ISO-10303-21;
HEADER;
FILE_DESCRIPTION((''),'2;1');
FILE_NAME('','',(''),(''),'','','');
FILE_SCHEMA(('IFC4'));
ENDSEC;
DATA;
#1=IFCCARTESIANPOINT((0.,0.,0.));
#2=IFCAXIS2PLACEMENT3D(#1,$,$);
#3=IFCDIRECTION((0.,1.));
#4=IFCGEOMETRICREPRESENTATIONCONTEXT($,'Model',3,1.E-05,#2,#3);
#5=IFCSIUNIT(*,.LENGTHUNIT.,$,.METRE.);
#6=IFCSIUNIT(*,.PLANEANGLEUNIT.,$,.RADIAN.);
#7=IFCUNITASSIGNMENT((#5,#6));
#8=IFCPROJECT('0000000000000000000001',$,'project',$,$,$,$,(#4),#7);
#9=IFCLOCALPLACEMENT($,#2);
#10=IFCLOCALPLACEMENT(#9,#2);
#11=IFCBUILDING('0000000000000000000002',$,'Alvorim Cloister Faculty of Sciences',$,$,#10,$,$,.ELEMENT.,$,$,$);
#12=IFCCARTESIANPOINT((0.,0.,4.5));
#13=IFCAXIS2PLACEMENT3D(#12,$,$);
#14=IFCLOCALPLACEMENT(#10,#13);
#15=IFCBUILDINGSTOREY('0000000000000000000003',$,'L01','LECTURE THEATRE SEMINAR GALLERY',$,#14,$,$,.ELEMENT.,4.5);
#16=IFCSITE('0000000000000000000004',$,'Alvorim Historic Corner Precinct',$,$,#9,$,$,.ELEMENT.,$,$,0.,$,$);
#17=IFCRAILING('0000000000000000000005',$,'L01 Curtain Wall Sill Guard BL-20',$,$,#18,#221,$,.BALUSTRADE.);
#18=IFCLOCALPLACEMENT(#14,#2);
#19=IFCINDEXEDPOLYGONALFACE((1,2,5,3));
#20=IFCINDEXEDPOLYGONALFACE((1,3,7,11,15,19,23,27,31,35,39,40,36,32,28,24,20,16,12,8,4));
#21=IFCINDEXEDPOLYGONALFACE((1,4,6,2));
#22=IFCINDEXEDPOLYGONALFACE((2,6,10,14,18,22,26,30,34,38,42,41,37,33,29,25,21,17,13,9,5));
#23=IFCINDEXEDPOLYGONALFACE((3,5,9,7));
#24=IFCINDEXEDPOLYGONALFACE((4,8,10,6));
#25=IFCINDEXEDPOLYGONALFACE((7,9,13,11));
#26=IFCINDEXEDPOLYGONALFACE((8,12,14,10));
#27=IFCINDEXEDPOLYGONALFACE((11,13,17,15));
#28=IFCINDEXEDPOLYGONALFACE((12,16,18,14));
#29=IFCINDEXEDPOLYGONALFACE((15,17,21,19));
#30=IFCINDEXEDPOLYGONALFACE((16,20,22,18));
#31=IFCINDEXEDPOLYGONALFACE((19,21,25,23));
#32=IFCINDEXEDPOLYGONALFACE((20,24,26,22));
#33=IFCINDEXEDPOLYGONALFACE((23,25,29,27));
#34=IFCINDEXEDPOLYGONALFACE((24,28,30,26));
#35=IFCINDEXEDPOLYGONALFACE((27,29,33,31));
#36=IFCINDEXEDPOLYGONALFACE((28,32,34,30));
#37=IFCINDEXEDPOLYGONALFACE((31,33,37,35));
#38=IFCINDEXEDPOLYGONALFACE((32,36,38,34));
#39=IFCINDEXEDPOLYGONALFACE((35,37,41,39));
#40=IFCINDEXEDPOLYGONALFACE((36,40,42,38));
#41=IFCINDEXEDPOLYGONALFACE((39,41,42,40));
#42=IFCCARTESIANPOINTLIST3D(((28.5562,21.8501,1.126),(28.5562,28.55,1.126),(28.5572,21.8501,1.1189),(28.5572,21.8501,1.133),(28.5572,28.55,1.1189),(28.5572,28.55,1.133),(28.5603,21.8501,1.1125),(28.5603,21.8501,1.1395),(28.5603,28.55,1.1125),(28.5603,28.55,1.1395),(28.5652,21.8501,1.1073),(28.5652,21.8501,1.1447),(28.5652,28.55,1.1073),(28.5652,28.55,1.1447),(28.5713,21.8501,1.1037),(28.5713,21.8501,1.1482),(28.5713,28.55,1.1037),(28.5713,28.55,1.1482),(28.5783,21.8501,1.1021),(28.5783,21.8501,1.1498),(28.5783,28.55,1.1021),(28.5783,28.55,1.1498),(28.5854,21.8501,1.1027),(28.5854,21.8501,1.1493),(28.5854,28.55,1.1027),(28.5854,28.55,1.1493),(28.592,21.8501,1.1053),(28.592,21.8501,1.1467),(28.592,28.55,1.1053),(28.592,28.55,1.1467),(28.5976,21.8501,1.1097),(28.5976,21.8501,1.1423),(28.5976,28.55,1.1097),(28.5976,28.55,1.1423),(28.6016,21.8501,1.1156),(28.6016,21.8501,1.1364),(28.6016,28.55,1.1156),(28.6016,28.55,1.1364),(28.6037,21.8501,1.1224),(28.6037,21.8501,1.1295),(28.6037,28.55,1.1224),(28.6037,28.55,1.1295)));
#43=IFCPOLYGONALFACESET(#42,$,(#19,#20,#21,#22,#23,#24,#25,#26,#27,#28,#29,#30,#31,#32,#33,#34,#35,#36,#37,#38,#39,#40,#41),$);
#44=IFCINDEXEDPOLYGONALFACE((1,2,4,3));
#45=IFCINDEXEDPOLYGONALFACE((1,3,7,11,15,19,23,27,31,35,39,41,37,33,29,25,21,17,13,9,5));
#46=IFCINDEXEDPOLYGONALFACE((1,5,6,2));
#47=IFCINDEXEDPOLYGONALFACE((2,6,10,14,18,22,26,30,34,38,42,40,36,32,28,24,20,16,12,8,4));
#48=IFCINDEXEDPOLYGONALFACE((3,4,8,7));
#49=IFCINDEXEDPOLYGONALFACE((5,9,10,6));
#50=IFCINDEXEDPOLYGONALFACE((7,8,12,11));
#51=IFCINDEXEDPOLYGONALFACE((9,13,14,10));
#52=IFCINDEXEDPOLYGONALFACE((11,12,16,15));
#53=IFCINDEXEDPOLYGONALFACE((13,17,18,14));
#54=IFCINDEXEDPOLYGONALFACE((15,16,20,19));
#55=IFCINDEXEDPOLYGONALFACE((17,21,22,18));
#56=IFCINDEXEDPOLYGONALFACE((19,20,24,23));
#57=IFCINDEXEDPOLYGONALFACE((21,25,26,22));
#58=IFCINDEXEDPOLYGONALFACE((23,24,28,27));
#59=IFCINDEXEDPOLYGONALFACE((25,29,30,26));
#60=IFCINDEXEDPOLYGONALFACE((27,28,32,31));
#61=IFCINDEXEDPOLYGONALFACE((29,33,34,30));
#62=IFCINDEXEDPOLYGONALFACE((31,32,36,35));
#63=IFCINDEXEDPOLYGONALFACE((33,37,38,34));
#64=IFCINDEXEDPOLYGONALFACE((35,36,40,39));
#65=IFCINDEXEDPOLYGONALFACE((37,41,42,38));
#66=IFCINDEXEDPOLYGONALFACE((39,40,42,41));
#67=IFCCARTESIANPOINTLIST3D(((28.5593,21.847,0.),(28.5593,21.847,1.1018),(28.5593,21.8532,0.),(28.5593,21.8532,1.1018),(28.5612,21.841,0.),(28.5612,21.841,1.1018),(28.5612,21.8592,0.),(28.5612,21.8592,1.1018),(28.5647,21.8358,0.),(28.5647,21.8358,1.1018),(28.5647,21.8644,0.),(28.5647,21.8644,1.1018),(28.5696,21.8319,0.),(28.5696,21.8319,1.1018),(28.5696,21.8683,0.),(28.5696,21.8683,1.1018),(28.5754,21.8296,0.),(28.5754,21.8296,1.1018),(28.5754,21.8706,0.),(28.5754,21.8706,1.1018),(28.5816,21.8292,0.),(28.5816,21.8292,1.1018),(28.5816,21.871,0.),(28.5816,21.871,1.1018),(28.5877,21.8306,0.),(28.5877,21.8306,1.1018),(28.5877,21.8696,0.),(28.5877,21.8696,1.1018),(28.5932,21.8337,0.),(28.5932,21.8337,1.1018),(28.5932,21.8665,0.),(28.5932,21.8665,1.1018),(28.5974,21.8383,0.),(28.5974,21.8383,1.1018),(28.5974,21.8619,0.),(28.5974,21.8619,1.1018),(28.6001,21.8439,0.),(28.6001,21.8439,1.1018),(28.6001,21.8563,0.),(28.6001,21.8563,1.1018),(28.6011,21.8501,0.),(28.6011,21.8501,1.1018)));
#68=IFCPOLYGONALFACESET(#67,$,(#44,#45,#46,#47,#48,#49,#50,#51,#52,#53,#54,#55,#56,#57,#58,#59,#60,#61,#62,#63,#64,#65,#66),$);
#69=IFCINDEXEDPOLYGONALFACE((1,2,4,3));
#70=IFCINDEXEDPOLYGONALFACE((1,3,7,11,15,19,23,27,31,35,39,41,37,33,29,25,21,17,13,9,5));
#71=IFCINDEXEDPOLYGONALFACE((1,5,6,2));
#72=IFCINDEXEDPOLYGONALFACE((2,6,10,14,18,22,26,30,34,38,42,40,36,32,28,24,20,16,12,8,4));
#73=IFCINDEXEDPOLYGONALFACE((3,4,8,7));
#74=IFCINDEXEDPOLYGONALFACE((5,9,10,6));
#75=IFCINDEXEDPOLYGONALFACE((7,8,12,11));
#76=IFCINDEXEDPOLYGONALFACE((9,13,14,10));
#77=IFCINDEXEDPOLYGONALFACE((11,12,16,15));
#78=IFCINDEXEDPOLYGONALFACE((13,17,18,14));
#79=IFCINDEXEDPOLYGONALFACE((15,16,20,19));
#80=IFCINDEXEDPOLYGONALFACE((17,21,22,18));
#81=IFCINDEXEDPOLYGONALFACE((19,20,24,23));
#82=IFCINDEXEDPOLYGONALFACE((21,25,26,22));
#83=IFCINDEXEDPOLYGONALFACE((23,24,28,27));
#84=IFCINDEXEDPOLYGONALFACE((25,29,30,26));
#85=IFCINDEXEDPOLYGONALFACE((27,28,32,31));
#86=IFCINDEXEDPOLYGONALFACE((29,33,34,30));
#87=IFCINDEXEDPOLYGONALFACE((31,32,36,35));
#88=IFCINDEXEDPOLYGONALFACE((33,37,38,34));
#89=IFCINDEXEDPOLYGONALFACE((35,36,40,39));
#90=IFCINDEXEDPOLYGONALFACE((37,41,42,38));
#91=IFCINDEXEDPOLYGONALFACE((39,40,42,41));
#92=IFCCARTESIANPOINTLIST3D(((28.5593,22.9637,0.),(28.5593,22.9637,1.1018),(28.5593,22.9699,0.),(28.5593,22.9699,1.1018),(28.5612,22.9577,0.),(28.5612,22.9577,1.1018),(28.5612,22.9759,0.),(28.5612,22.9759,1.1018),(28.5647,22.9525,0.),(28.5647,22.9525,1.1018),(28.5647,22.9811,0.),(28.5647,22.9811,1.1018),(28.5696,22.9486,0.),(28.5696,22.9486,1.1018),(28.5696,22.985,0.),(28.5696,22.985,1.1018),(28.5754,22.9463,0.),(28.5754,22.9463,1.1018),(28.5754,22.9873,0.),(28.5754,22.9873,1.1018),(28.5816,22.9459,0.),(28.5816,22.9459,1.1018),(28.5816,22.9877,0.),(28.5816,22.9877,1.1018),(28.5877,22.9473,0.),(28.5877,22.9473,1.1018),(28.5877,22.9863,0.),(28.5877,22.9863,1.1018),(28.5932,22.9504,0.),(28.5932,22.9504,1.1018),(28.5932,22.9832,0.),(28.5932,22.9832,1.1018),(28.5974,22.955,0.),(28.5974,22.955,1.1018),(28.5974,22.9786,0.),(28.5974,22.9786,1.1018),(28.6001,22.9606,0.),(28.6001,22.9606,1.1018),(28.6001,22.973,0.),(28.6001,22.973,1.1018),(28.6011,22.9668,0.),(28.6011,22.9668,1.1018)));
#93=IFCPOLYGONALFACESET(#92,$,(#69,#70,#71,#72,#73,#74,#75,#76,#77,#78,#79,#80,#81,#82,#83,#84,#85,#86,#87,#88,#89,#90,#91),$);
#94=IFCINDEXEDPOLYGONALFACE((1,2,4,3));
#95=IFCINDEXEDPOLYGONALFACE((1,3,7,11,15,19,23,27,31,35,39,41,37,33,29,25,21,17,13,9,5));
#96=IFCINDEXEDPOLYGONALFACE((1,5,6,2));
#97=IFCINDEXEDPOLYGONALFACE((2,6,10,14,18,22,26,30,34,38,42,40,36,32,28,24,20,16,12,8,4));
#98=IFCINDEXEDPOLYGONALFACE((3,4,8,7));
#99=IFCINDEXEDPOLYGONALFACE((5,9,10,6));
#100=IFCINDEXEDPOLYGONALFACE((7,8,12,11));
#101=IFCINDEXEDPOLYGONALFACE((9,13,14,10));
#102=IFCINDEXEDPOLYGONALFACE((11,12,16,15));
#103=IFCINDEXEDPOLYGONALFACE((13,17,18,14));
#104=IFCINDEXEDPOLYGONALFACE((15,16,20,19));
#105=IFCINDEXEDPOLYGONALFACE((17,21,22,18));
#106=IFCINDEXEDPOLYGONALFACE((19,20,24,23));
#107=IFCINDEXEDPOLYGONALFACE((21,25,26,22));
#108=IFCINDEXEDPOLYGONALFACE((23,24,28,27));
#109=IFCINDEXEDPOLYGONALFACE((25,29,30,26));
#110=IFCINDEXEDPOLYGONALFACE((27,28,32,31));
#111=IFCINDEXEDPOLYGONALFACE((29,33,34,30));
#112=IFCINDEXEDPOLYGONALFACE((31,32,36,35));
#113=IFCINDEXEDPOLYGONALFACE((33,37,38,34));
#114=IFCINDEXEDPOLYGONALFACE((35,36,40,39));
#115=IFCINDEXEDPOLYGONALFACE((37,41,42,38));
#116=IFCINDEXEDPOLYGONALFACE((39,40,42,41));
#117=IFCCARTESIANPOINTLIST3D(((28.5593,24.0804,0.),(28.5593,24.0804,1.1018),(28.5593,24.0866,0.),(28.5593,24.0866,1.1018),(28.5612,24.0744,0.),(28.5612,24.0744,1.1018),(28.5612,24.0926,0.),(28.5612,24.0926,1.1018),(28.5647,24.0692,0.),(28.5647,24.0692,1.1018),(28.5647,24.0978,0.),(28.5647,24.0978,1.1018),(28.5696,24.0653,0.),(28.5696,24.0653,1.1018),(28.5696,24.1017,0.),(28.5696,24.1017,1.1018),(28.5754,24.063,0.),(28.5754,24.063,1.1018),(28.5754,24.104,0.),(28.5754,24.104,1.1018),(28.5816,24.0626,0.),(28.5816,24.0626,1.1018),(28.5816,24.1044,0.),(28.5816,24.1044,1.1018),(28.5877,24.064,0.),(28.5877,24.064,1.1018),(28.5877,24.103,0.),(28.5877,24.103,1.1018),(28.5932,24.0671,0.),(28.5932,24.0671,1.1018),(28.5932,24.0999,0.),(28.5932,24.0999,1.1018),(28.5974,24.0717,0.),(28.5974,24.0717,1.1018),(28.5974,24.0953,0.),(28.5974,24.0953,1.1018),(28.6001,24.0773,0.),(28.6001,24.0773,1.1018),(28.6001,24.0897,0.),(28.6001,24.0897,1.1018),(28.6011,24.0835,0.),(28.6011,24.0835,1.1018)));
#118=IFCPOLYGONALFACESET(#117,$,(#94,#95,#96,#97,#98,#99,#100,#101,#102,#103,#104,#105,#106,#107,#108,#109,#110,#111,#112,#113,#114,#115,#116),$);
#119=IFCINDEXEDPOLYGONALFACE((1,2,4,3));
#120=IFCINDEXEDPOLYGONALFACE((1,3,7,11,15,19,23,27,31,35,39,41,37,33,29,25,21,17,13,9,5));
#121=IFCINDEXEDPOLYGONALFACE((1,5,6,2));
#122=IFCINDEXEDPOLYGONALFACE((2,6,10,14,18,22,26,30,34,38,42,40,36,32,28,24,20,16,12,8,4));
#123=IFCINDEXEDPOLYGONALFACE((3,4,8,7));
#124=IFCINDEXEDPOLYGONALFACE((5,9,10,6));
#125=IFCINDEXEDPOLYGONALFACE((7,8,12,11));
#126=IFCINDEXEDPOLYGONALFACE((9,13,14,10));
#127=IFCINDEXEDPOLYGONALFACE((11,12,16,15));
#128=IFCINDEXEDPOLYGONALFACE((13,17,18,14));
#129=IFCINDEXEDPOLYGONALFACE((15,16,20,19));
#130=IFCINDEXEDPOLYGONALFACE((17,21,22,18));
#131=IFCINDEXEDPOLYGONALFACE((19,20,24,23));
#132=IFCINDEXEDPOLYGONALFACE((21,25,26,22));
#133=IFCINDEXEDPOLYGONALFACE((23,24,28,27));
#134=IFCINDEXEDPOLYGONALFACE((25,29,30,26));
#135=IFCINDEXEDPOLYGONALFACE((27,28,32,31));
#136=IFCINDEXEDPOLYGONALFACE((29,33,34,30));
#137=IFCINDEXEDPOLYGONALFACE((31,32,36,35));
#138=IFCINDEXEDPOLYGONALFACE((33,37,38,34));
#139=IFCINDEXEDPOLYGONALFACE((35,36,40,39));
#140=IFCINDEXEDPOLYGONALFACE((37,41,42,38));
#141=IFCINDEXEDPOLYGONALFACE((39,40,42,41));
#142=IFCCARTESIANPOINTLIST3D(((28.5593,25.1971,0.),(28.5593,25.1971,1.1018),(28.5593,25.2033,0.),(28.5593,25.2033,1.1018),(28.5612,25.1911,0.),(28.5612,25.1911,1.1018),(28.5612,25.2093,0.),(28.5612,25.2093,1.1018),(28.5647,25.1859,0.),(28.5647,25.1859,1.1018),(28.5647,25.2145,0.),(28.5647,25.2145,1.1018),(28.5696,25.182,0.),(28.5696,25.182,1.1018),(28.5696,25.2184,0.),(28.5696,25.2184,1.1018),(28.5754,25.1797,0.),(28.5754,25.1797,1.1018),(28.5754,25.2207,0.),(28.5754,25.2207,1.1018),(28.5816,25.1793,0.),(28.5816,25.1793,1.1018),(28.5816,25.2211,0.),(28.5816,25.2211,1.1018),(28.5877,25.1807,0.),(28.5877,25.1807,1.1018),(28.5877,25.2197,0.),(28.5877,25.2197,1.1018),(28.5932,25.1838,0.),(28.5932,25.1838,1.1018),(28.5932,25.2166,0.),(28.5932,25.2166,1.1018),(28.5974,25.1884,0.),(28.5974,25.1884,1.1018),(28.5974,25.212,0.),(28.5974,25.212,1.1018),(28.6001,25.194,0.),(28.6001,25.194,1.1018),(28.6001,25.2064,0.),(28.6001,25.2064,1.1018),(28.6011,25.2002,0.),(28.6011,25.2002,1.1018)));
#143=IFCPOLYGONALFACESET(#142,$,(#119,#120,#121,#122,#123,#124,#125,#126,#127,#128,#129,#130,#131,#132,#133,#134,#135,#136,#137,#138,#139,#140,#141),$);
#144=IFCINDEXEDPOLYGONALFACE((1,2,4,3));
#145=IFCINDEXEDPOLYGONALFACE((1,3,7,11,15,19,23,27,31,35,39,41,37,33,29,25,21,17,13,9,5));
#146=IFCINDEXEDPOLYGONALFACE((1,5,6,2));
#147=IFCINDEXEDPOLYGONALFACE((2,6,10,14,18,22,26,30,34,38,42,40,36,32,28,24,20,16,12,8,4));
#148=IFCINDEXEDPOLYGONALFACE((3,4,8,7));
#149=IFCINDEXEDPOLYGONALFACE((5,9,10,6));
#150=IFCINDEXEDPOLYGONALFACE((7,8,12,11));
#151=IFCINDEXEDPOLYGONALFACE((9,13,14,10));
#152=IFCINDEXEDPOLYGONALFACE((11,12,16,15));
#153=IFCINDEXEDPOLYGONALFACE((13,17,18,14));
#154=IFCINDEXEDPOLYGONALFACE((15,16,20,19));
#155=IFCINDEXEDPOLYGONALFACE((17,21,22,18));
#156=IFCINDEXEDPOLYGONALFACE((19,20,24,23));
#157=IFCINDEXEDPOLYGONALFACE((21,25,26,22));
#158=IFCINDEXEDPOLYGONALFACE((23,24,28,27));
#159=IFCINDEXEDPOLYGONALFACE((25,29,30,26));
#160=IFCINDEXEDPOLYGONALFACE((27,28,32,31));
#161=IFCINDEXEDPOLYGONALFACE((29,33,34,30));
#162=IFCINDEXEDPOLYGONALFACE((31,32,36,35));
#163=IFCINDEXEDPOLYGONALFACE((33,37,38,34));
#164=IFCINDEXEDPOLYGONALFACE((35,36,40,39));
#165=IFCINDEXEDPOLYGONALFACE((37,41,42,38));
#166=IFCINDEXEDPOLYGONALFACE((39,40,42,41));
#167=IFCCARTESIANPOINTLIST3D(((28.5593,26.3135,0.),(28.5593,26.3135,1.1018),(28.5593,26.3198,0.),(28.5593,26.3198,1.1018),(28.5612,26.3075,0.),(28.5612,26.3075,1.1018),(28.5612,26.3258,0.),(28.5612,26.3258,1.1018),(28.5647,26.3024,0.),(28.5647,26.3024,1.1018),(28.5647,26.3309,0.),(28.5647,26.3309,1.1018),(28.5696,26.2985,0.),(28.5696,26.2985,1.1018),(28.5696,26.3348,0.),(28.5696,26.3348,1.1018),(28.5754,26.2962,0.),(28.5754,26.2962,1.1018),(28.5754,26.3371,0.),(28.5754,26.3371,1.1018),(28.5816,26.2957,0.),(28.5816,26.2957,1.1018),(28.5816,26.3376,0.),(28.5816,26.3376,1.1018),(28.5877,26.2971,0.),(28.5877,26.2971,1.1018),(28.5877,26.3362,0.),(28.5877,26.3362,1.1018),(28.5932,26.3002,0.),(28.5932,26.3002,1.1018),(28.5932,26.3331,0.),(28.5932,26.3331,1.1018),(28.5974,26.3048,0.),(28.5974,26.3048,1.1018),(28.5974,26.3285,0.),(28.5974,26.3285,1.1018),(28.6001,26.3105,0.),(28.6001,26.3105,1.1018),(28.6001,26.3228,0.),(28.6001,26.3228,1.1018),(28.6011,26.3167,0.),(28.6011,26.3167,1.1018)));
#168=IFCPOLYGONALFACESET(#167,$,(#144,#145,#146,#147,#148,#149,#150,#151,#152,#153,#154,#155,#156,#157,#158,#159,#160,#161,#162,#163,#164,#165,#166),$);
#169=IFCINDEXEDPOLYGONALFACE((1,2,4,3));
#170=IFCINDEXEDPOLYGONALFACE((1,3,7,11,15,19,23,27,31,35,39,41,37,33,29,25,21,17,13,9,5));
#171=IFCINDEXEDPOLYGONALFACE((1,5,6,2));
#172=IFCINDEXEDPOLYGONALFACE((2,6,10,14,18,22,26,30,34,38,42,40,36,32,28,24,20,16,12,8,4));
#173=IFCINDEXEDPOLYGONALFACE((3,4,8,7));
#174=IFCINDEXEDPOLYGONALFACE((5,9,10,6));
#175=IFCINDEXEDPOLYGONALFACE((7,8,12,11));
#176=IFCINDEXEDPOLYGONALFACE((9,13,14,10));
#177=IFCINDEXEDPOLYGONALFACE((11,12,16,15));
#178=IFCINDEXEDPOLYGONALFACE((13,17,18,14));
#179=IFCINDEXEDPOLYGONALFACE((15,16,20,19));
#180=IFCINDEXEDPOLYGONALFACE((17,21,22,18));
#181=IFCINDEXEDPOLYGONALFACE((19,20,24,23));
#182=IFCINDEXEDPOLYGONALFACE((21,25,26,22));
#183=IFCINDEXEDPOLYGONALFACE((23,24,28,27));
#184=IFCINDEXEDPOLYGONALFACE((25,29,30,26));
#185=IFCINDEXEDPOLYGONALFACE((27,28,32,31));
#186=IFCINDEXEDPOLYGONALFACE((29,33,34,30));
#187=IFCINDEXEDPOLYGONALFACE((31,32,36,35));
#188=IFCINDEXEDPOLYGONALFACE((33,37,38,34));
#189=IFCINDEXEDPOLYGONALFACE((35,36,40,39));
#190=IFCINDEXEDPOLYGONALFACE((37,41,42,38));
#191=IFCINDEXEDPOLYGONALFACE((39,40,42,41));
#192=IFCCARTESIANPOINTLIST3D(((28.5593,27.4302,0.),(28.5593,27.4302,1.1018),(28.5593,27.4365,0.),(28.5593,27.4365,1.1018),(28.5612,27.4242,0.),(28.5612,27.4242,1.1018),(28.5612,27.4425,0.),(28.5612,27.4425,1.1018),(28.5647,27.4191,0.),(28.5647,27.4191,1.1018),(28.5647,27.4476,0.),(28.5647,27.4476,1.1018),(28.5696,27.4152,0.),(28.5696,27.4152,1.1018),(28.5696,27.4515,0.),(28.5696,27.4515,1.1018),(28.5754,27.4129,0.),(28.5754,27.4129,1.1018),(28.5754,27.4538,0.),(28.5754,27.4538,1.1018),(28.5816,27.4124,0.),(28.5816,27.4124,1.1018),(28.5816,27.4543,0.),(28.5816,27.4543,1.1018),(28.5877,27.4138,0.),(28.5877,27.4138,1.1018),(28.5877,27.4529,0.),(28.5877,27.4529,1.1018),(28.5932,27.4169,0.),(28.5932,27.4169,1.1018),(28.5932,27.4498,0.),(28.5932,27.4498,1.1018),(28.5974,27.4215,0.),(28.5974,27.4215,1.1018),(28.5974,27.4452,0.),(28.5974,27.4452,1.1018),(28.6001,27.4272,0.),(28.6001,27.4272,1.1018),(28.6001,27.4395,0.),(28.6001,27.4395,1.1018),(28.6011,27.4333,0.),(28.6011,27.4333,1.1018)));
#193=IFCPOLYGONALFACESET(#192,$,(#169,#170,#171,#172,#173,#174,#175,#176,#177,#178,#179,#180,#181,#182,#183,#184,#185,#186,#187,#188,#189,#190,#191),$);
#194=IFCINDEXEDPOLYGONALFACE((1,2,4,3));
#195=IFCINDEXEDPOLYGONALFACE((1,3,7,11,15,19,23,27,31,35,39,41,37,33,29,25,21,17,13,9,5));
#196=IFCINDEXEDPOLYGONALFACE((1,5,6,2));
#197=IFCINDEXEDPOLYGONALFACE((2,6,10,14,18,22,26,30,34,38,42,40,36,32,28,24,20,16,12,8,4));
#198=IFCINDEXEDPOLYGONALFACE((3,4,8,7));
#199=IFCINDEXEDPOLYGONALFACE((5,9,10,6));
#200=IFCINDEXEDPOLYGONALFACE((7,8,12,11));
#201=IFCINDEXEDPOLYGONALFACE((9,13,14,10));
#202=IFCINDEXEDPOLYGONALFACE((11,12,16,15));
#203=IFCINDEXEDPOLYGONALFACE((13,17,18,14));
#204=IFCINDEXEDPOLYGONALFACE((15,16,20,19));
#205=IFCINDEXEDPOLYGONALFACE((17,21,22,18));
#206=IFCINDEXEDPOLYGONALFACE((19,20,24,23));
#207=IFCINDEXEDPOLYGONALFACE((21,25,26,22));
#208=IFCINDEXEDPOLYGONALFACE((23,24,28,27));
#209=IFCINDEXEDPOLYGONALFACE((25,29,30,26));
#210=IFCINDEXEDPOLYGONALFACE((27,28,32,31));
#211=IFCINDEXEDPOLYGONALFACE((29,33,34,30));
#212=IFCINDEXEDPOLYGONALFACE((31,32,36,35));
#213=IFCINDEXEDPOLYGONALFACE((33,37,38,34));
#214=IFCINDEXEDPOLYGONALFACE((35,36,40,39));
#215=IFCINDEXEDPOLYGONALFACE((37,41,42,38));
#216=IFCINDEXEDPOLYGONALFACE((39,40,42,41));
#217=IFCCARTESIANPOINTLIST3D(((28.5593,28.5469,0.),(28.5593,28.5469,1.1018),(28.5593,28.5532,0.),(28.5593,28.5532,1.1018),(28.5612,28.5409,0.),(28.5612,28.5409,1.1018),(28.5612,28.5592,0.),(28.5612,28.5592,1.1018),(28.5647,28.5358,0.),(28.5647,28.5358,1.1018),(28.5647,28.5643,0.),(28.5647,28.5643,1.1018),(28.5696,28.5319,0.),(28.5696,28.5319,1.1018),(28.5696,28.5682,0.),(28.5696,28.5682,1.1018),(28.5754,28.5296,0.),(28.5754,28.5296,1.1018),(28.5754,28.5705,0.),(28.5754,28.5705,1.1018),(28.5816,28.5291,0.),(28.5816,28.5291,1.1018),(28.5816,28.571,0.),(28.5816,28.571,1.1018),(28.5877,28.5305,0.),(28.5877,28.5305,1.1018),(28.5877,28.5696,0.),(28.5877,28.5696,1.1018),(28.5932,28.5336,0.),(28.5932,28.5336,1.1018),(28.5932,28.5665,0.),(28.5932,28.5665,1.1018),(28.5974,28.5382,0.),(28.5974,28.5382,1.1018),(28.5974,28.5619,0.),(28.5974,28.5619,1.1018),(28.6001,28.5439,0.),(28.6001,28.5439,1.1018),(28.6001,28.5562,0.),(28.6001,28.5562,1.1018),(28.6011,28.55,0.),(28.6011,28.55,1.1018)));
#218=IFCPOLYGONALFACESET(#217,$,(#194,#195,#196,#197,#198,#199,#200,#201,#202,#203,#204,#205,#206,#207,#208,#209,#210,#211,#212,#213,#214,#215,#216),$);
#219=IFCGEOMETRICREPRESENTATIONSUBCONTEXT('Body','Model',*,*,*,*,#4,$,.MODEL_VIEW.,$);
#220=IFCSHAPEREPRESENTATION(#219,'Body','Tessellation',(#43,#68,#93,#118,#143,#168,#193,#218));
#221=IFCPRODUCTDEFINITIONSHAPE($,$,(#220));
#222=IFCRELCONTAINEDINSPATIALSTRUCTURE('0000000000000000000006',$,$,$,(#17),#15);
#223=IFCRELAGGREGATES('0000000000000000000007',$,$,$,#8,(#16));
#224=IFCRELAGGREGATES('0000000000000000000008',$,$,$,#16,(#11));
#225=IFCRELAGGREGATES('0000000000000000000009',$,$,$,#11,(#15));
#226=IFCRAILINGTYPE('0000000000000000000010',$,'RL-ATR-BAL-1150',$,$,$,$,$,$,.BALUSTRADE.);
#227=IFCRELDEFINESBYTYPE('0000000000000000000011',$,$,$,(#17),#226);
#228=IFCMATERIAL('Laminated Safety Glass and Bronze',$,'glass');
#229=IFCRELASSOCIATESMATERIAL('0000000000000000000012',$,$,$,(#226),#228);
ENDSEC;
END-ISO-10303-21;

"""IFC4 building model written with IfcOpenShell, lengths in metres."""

from ifc_helpers import new_model, si_unit, direction, frame, origin, origin_2d, place, context, subcontext, project, spatial, circle, extrude, material, type_object, element, save


model = new_model("IFC4")

# Units and contexts
model_context = context("Model", 3, precision=1e-05, world=origin(), true_north=direction((0.0, 1.0)))
body_context = subcontext(model_context, "Body", "Model", "MODEL_VIEW")
ifc_project = project(units=[si_unit("LENGTHUNIT", "METRE"), si_unit("PLANEANGLEUNIT", "RADIAN")], contexts=[model_context])

# Site, building, storey
site_placement = place(None, origin())
site = spatial("IfcSite", under=ifc_project, at=site_placement, Name="Alvorim Historic Corner Precinct", CompositionType="ELEMENT", RefElevation=0.0)
building_placement = place(site_placement, origin())
building = spatial("IfcBuilding", under=site, at=building_placement, Name="Alvorim Cloister Faculty of Sciences", CompositionType="ELEMENT")
storey_placement = place(building_placement, frame((0.0, 0.0, 4.5)))
storey = spatial("IfcBuildingStorey", under=building, at=storey_placement, Name="L01", Description="LECTURE THEATRE SEMINAR GALLERY", CompositionType="ELEMENT", Elevation=4.5)

# Railing
ifc_material_1 = material(Name="Laminated Safety Glass and Bronze", Category="glass")
railing_type_1 = type_object("IfcRailingType", Name="RL-ATR-BAL-1150", PredefinedType="BALUSTRADE", material=ifc_material_1)
railing_1_placement = place(storey_placement, frame((28.5801, 21.8501, 0.0)))
element("IfcRailing", 1, at=railing_1_placement, inside=storey, type_object=railing_type_1, Name="L01 Curtain Wall Sill Guard BL-20", PredefinedType="BALUSTRADE", context=body_context, shape_type="SweptSolid", body=[
    extrude(circle(Radius=0.0239, at=origin_2d()), frame((0.0, 0.0, 1.126), z_axis=(0.0, 1.0, 0.0), x_axis=(-1.0, 0.0, 0.0)), (0.0, 0.0, 1.0), 6.7),
    extrude(circle(Radius=0.021, at=origin_2d()), origin(), (0.0, 0.0, 1.0), 1.1018),
    extrude(circle(Radius=0.021, at=origin_2d()), frame((0.0, 1.1167, 0.0)), (0.0, 0.0, 1.0), 1.1018),
    extrude(circle(Radius=0.021, at=origin_2d()), frame((0.0, 2.2334, 0.0)), (0.0, 0.0, 1.0), 1.1018),
    extrude(circle(Radius=0.021, at=origin_2d()), frame((0.0, 3.3501, 0.0)), (0.0, 0.0, 1.0), 1.1018),
    extrude(circle(Radius=0.021, at=origin_2d()), frame((0.0, 4.4666, 0.0)), (0.0, 0.0, 1.0), 1.1018),
    extrude(circle(Radius=0.021, at=origin_2d()), frame((0.0, 5.5833, 0.0)), (0.0, 0.0, 1.0), 1.1018),
    extrude(circle(Radius=0.021, at=origin_2d()), frame((0.0, 6.7, 0.0)), (0.0, 0.0, 1.0), 1.1018),
])

save(model, "model.ifc")
